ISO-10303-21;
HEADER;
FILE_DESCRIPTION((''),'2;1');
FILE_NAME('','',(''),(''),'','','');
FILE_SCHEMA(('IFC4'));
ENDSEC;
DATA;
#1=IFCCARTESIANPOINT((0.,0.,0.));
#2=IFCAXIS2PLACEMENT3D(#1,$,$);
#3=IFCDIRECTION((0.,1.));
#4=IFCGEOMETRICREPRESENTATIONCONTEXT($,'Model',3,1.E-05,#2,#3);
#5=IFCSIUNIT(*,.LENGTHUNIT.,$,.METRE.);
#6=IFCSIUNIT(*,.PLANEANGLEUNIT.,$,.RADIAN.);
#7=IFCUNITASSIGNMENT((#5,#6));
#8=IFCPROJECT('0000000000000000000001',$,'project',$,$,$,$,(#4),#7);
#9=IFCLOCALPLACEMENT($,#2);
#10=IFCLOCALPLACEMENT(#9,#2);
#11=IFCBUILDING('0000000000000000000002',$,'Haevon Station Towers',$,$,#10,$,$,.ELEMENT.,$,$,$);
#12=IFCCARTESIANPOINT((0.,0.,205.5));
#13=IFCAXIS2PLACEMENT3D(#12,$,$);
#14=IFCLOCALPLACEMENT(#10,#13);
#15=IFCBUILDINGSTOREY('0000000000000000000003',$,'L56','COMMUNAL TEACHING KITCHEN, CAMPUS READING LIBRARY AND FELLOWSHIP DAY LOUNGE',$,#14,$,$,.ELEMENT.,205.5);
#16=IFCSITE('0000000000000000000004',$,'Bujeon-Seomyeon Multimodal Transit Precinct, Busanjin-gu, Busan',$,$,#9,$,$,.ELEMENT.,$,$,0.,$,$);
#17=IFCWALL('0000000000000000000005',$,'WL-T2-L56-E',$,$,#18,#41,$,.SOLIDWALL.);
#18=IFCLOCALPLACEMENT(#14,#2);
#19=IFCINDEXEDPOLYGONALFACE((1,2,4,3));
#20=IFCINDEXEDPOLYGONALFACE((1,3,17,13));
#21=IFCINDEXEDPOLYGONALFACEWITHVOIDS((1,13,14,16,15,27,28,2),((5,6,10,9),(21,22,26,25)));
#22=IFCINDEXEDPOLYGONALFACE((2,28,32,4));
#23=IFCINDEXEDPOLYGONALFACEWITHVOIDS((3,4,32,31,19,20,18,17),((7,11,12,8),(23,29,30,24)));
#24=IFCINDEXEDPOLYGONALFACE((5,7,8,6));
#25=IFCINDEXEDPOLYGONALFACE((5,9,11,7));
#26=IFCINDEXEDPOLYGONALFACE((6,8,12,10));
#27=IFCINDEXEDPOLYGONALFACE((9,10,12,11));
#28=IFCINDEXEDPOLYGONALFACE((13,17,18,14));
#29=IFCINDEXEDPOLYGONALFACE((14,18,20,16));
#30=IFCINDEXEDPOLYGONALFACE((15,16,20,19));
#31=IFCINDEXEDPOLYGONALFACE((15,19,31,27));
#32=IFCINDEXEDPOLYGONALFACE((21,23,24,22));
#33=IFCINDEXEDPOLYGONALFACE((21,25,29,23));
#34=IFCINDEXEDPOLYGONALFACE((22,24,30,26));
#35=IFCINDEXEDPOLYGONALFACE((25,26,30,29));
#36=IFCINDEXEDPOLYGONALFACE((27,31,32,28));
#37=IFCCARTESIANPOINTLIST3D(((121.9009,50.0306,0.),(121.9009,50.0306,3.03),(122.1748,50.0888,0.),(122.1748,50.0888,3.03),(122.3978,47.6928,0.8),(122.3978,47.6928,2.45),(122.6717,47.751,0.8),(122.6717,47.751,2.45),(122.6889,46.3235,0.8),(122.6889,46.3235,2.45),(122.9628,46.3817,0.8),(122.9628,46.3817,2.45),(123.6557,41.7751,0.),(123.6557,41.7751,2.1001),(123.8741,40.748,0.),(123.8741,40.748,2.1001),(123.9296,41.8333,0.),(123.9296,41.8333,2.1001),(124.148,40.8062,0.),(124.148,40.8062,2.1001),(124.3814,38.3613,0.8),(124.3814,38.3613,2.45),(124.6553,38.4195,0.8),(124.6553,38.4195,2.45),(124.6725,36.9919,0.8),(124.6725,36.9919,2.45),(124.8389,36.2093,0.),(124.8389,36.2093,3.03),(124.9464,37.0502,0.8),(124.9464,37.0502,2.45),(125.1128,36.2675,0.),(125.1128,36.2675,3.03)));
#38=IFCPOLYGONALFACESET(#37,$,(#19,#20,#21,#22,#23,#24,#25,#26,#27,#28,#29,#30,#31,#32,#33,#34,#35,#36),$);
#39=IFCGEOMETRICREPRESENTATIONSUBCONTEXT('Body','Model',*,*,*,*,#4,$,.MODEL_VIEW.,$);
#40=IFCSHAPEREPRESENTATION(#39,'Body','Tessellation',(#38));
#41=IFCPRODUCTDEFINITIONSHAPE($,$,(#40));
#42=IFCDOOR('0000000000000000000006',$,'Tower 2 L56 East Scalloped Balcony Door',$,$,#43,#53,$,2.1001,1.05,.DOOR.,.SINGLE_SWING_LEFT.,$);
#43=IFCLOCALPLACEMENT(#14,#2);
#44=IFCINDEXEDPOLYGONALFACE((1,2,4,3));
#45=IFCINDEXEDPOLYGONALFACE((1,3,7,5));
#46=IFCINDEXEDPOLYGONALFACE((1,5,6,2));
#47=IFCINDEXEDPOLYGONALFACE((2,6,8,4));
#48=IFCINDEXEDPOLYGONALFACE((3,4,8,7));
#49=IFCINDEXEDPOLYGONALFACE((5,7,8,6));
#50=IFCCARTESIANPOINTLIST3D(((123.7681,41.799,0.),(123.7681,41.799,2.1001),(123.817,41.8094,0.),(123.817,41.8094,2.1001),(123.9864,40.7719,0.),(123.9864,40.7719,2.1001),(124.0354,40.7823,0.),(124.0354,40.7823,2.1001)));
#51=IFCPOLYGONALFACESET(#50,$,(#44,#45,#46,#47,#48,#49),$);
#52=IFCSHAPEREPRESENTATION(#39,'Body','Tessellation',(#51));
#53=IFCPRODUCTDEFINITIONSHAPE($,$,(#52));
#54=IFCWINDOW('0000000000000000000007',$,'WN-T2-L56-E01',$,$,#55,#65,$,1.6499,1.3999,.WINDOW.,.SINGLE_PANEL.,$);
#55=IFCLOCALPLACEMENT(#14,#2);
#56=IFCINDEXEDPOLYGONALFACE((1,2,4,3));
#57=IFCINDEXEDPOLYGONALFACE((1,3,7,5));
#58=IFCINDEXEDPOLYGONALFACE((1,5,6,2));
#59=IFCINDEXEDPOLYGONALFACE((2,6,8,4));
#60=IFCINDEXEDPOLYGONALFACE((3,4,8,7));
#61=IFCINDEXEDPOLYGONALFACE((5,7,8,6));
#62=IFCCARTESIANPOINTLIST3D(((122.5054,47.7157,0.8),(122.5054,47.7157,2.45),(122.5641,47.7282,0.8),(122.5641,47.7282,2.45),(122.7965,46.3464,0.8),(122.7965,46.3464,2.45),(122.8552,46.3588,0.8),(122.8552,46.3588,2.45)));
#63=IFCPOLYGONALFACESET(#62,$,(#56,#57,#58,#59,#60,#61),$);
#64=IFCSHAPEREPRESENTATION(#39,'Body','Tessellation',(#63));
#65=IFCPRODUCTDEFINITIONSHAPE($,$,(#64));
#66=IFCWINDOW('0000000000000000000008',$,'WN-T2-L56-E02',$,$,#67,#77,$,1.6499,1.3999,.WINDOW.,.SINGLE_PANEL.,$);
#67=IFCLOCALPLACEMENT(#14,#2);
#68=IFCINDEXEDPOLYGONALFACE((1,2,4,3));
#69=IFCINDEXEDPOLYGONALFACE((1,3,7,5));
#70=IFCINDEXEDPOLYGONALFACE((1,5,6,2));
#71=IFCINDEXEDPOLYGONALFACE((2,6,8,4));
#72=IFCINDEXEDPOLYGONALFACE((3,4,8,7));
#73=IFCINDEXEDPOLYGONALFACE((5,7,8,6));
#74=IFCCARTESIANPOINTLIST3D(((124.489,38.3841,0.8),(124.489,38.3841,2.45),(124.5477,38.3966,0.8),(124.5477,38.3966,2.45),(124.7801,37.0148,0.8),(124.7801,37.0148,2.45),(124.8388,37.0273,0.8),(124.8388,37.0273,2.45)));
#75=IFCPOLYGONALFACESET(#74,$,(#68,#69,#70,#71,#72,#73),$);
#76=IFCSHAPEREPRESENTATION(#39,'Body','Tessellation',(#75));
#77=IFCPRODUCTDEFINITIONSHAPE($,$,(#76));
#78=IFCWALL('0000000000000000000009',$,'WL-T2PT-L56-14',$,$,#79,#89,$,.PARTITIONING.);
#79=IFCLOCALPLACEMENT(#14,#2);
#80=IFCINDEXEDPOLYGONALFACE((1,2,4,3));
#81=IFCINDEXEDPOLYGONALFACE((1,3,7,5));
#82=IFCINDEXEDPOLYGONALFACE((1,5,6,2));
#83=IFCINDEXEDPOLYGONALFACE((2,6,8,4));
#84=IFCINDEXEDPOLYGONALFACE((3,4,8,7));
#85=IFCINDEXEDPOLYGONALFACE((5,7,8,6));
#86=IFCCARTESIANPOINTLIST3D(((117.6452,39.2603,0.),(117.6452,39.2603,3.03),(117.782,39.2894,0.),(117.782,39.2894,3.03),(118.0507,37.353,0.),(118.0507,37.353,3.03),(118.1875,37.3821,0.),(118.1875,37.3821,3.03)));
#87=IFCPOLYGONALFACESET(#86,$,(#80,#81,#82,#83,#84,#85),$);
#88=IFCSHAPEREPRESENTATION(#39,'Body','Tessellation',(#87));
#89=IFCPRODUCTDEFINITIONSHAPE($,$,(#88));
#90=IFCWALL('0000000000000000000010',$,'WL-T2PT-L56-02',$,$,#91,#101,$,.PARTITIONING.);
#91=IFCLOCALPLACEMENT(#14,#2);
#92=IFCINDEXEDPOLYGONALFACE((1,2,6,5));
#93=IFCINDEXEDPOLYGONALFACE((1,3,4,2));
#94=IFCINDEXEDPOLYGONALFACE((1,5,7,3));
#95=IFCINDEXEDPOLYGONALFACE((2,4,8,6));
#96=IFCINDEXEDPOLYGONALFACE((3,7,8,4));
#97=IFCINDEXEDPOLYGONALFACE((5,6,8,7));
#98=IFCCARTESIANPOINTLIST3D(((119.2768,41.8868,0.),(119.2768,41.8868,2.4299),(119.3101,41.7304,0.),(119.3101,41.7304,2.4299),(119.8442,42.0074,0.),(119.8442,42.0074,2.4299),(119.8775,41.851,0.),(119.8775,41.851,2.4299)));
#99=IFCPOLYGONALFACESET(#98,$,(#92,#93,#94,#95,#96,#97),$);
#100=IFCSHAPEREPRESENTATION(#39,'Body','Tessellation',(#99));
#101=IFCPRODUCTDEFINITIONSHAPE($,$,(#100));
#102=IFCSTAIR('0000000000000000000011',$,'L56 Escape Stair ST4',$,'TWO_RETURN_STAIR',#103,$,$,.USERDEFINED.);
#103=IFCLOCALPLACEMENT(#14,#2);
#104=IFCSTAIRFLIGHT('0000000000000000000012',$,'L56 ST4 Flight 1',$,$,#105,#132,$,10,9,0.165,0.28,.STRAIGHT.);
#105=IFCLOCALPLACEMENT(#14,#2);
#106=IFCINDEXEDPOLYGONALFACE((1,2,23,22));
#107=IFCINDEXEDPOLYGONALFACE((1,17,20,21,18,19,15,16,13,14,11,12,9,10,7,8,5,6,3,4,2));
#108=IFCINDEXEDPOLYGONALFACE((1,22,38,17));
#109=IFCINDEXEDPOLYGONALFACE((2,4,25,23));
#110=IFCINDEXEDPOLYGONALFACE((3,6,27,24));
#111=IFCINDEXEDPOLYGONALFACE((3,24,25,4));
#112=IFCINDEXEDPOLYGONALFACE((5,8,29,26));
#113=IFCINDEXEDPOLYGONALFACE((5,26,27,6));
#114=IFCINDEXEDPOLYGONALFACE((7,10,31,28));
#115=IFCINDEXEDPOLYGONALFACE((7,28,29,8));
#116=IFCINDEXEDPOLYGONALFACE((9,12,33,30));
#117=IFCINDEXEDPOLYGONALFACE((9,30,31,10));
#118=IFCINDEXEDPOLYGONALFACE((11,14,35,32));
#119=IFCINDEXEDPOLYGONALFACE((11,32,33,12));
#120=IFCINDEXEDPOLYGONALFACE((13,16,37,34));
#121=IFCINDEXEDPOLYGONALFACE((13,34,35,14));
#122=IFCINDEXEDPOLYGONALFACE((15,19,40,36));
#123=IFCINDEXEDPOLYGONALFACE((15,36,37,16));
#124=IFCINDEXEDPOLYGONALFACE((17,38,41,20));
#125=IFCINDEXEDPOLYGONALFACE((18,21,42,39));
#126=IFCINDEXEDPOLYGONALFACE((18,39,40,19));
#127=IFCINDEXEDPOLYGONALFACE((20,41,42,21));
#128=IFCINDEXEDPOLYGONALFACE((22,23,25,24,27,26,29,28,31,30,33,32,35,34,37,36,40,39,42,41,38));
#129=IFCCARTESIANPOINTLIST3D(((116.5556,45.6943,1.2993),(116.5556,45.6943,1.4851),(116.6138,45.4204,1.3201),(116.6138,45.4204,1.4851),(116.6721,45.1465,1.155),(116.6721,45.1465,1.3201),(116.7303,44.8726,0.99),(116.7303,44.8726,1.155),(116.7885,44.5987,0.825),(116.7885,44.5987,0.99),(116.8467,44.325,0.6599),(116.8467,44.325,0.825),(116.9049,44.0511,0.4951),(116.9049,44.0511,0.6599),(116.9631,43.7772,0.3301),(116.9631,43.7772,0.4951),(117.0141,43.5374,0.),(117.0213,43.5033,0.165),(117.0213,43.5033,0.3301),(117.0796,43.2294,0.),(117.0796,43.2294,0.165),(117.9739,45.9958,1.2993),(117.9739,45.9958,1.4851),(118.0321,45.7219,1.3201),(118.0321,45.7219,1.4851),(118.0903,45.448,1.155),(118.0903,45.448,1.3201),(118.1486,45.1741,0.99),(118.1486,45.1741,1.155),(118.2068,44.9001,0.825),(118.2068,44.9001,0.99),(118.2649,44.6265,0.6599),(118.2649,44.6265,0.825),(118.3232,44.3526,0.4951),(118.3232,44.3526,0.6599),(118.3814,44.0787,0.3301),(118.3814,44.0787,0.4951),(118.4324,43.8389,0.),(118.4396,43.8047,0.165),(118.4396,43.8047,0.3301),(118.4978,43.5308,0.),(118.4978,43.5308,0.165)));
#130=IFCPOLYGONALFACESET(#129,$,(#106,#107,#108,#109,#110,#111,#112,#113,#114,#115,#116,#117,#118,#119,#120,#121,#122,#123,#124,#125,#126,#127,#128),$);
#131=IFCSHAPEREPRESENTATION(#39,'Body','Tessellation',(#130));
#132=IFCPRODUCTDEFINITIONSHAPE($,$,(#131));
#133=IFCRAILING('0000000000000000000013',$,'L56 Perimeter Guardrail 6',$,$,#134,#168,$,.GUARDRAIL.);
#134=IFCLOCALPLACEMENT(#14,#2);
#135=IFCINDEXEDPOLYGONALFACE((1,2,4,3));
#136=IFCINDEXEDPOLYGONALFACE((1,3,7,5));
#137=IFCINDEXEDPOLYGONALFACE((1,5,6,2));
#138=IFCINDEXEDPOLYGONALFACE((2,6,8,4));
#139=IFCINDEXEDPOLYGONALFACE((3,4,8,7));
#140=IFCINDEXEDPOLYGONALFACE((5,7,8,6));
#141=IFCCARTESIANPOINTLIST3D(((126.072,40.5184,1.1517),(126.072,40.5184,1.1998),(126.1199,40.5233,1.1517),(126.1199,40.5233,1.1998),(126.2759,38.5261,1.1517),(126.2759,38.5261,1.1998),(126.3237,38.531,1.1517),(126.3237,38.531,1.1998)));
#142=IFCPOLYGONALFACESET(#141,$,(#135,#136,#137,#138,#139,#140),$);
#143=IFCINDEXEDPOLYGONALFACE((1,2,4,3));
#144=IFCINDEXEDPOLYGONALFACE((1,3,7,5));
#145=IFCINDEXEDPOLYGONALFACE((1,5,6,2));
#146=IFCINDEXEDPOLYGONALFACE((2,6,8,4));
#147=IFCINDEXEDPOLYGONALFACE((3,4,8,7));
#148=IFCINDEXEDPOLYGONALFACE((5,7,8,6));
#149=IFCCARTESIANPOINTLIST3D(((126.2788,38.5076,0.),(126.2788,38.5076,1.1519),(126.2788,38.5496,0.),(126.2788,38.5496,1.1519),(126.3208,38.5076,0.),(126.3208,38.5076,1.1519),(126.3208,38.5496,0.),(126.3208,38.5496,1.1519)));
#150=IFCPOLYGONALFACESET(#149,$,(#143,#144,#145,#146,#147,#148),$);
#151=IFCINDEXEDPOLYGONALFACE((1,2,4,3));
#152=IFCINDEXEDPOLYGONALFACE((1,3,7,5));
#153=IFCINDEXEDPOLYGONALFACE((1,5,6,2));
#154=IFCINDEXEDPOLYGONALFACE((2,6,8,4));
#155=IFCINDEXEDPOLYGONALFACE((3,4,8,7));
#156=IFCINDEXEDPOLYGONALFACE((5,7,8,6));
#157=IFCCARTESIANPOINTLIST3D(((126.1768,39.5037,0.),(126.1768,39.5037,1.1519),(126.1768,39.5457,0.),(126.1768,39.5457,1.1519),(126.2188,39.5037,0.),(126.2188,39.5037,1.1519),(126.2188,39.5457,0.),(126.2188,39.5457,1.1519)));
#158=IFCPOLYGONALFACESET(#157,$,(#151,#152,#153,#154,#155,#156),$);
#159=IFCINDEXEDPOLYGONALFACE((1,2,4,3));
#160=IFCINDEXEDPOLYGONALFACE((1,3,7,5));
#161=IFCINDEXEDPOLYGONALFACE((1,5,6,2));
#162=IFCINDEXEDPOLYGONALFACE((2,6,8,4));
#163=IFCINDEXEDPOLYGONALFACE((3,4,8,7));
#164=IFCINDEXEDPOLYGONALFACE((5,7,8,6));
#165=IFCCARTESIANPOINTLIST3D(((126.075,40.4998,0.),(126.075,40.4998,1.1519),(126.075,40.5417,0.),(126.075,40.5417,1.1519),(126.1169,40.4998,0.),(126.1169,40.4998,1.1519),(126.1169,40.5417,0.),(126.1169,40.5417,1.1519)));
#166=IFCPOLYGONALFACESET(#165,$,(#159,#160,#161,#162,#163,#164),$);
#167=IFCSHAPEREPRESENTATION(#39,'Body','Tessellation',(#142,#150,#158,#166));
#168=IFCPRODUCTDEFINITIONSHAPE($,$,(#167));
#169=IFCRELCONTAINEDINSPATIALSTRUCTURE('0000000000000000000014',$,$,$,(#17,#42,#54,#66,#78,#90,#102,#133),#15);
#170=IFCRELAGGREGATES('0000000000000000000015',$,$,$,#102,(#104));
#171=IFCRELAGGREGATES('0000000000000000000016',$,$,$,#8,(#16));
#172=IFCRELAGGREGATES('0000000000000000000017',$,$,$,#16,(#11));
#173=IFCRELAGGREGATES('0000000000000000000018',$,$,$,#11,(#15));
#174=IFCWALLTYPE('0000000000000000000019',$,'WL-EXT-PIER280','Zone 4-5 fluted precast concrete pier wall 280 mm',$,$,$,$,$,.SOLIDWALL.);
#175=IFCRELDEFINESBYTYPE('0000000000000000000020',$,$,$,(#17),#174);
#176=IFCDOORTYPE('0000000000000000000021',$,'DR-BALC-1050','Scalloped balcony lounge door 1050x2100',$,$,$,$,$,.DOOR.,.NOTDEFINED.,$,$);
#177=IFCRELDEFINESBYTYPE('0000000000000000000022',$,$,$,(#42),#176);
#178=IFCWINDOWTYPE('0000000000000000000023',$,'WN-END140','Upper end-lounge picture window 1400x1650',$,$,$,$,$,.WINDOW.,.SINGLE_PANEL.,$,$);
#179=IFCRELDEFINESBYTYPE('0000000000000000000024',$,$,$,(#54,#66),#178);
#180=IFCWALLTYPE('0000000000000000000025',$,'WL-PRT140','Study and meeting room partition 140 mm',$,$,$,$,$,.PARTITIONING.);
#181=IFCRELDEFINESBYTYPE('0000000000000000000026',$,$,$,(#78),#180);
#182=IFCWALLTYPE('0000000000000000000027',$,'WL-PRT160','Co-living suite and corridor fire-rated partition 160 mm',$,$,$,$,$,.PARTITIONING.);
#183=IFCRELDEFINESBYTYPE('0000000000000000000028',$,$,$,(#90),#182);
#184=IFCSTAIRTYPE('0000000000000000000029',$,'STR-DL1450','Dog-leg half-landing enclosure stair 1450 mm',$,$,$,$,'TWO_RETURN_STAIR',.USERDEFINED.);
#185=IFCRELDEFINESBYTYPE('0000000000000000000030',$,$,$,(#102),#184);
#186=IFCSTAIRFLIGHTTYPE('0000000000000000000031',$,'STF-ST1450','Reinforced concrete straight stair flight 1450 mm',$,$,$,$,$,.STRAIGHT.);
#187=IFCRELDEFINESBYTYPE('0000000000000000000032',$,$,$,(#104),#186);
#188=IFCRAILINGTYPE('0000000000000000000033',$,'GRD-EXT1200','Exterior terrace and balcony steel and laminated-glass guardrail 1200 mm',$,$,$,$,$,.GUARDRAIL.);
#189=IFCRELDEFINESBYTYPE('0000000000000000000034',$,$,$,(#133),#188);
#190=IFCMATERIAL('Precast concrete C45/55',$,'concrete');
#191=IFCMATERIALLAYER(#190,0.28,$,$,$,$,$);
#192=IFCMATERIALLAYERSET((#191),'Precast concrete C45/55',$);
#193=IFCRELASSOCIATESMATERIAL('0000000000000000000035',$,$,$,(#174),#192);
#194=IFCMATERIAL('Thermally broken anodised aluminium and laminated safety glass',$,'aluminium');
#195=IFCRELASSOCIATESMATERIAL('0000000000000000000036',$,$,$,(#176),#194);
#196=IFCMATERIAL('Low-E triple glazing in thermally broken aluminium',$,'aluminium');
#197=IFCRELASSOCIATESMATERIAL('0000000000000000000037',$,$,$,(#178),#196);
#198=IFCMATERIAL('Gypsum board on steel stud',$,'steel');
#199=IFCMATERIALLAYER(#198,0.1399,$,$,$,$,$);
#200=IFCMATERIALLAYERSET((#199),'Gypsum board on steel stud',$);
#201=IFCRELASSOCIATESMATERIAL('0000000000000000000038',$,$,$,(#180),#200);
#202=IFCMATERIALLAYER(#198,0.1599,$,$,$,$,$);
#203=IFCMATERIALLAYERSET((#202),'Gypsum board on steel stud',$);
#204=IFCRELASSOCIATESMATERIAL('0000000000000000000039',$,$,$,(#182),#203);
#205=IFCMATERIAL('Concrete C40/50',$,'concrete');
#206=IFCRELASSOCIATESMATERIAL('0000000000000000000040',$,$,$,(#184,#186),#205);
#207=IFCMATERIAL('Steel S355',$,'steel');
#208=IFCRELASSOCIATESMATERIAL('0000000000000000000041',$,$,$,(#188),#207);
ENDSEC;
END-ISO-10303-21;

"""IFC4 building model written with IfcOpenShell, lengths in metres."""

from ifc_helpers import new_model, si_unit, direction, frame, frame_2d, origin, origin_2d, place, context, subcontext, project, spatial, polyline, rectangle, outline, extrude, material, layer, layer_set, type_object, element, fill, aggregate, save


model = new_model("IFC4")

# Units and contexts
model_context = context("Model", 3, precision=1e-05, world=origin(), true_north=direction((0.0, 1.0)))
body_context = subcontext(model_context, "Body", "Model", "MODEL_VIEW")
ifc_project = project(units=[si_unit("LENGTHUNIT", "METRE"), si_unit("PLANEANGLEUNIT", "RADIAN")], contexts=[model_context])

# Site, building, storey
site_placement = place(None, origin())
site = spatial("IfcSite", under=ifc_project, at=site_placement, Name="Bujeon-Seomyeon Multimodal Transit Precinct, Busanjin-gu, Busan", CompositionType="ELEMENT", RefElevation=0.0)
building_placement = place(site_placement, origin())
building = spatial("IfcBuilding", under=site, at=building_placement, Name="Haevon Station Towers", CompositionType="ELEMENT")
storey_placement = place(building_placement, frame((0.0, 0.0, 205.5)))
storey = spatial("IfcBuildingStorey", under=building, at=storey_placement, Name="L56", Description="COMMUNAL TEACHING KITCHEN, CAMPUS READING LIBRARY AND FELLOWSHIP DAY LOUNGE", CompositionType="ELEMENT", Elevation=205.5)

# Shared definitions
ifc_material_1 = material(Name="Steel S355", Category="steel")

# Shared definitions
ifc_material_2 = material(Name="Precast concrete C45/55", Category="concrete")
ifc_layer_1 = layer(ifc_material_2, 0.28)
ifc_layer_set_1 = layer_set([ifc_layer_1], Name="Precast concrete C45/55")
wall_type_1 = type_object("IfcWallType", Name="WL-EXT-PIER280", Description="Zone 4-5 fluted precast concrete pier wall 280 mm", PredefinedType="SOLIDWALL", material=ifc_layer_set_1)

# Wall, openings, door, windows
wall_1_placement = place(storey_placement, frame((122.0378, 50.0596, 0.0), z_axis=(0.0, 0.0, 1.0), x_axis=(0.207924, -0.978145, 0.0)))
wall_1 = element("IfcWall", 1, at=wall_1_placement, inside=storey, type_object=wall_type_1, Name="WL-T2-L56-E", PredefinedType="SOLIDWALL", context=body_context, shape_type="SweptSolid", body=[
    extrude(rectangle(XDim=14.1301, YDim=0.28, at=frame_2d((7.0649, 0.0))), origin(), (0.0, 0.0, 1.0), 3.03),
])
opening_1_placement = place(wall_1_placement, frame((8.4399, 0.0, 0.0)))
opening_1 = element("IfcOpeningElement", 2, at=opening_1_placement, cuts=wall_1, PredefinedType="OPENING", context=body_context, shape_type="SweptSolid", body=[
    extrude(rectangle(XDim=1.05, YDim=2.1001, at=frame_2d((0.5249, 1.05))), frame((0.0, 0.1499, 0.0), z_axis=(0.0, -1.0, 0.0), x_axis=(1.0, 0.0, 0.0)), (0.0, 0.0, 1.0), 0.3),
])
opening_2_placement = place(wall_1_placement, frame((2.3899, 0.0, 0.8)))
opening_2 = element("IfcOpeningElement", 3, at=opening_2_placement, cuts=wall_1, PredefinedType="OPENING", context=body_context, shape_type="SweptSolid", body=[
    extrude(rectangle(XDim=1.3999, YDim=1.6499, at=frame_2d((0.7, 0.825))), frame((0.0, 0.1499, 0.0), z_axis=(0.0, -1.0, 0.0), x_axis=(1.0, 0.0, 0.0)), (0.0, 0.0, 1.0), 0.3),
])
opening_3_placement = place(wall_1_placement, frame((11.9299, 0.0, 0.8)))
opening_3 = element("IfcOpeningElement", 4, at=opening_3_placement, cuts=wall_1, PredefinedType="OPENING", context=body_context, shape_type="SweptSolid", body=[
    extrude(rectangle(XDim=1.3999, YDim=1.6499, at=frame_2d((0.7, 0.825))), frame((0.0, 0.1499, 0.0), z_axis=(0.0, -1.0, 0.0), x_axis=(1.0, 0.0, 0.0)), (0.0, 0.0, 1.0), 0.3),
])
ifc_material_3 = material(Name="Thermally broken anodised aluminium and laminated safety glass", Category="aluminium")
door_type = type_object("IfcDoorType", Name="DR-BALC-1050", Description="Scalloped balcony lounge door 1050x2100", OperationType="NOTDEFINED", PredefinedType="DOOR", material=ifc_material_3)
door_placement = place(opening_1_placement, origin())
door = element("IfcDoor", 5, at=door_placement, inside=storey, type_object=door_type, Name="Tower 2 L56 East Scalloped Balcony Door", OperationType="SINGLE_SWING_LEFT", OverallHeight=2.1001, OverallWidth=1.05, PredefinedType="DOOR", context=body_context, shape_type="SweptSolid", body=[
    extrude(rectangle(XDim=1.05, YDim=2.1001, at=frame_2d((0.5249, 1.05))), frame((0.0, 0.0249, 0.0), z_axis=(0.0, -1.0, 0.0), x_axis=(1.0, 0.0, 0.0)), (0.0, 0.0, 1.0), 0.05),
])
fill(opening_1, door)
ifc_material_4 = material(Name="Low-E triple glazing in thermally broken aluminium", Category="aluminium")
window_type = type_object("IfcWindowType", Name="WN-END140", Description="Upper end-lounge picture window 1400x1650", PartitioningType="SINGLE_PANEL", PredefinedType="WINDOW", material=ifc_material_4)
window_1_placement = place(opening_2_placement, origin())
window_1 = element("IfcWindow", 6, at=window_1_placement, inside=storey, type_object=window_type, Name="WN-T2-L56-E01", OverallHeight=1.6499, OverallWidth=1.3999, PartitioningType="SINGLE_PANEL", PredefinedType="WINDOW", context=body_context, shape_type="SweptSolid", body=[
    extrude(rectangle(XDim=1.3999, YDim=1.6499, at=frame_2d((0.7, 0.825))), frame((0.0, 0.03, 0.0), z_axis=(0.0, -1.0, 0.0), x_axis=(1.0, 0.0, 0.0)), (0.0, 0.0, 1.0), 0.0601),
])
fill(opening_2, window_1)
window_2_placement = place(opening_3_placement, origin())
window_2 = element("IfcWindow", 7, at=window_2_placement, inside=storey, type_object=window_type, Name="WN-T2-L56-E02", OverallHeight=1.6499, OverallWidth=1.3999, PartitioningType="SINGLE_PANEL", PredefinedType="WINDOW", context=body_context, shape_type="SweptSolid", body=[
    extrude(rectangle(XDim=1.3999, YDim=1.6499, at=frame_2d((0.7, 0.825))), frame((0.0, 0.03, 0.0), z_axis=(0.0, -1.0, 0.0), x_axis=(1.0, 0.0, 0.0)), (0.0, 0.0, 1.0), 0.0601),
])
fill(opening_3, window_2)

# Walls
ifc_material_5 = material(Name="Gypsum board on steel stud", Category="steel")
ifc_layer_2 = layer(ifc_material_5, 0.1399)
ifc_layer_set_2 = layer_set([ifc_layer_2], Name="Gypsum board on steel stud")
wall_type_2 = type_object("IfcWallType", Name="WL-PRT140", Description="Study and meeting room partition 140 mm", PredefinedType="PARTITIONING", material=ifc_layer_set_2)
wall_2_placement = place(storey_placement, frame((118.1191, 37.3674, 0.0), z_axis=(0.0, 0.0, 1.0), x_axis=(-0.207973, 0.978135, 0.0)))
element("IfcWall", 8, at=wall_2_placement, inside=storey, type_object=wall_type_2, Name="WL-T2PT-L56-14", PredefinedType="PARTITIONING", context=body_context, shape_type="SweptSolid", body=[
    extrude(rectangle(XDim=1.95, YDim=0.1399, at=frame_2d((0.9751, 0.0))), origin(), (0.0, 0.0, 1.0), 3.03),
])
ifc_layer_3 = layer(ifc_material_5, 0.1599)
ifc_layer_set_3 = layer_set([ifc_layer_3], Name="Gypsum board on steel stud")
wall_type_3 = type_object("IfcWallType", Name="WL-PRT160", Description="Co-living suite and corridor fire-rated partition 160 mm", PredefinedType="PARTITIONING", material=ifc_layer_set_3)
wall_3_placement = place(storey_placement, frame((119.2935, 41.8086, 0.0), z_axis=(0.0, 0.0, 1.0), x_axis=(0.978146, 0.207919, 0.0)))
element("IfcWall", 9, at=wall_3_placement, inside=storey, type_object=wall_type_3, Name="WL-T2PT-L56-02", PredefinedType="PARTITIONING", context=body_context, shape_type="SweptSolid", body=[
    extrude(rectangle(XDim=0.5801, YDim=0.1599, at=frame_2d((0.29, 0.0))), origin(), (0.0, 0.0, 1.0), 2.4299),
])

# Stair, stair flight
ifc_material_6 = material(Name="Concrete C40/50", Category="concrete")
stair_type = type_object("IfcStairType", Name="STR-DL1450", Description="Dog-leg half-landing enclosure stair 1450 mm", ElementType="TWO_RETURN_STAIR", PredefinedType="USERDEFINED", material=ifc_material_6)
stair_placement = place(storey_placement, origin())
stair = element("IfcStair", 10, at=stair_placement, inside=storey, type_object=stair_type, Name="L56 Escape Stair ST4", ObjectType="TWO_RETURN_STAIR", PredefinedType="USERDEFINED")
stair_flight_type = type_object("IfcStairFlightType", Name="STF-ST1450", Description="Reinforced concrete straight stair flight 1450 mm", PredefinedType="STRAIGHT", material=ifc_material_6)
stair_flight_placement = place(storey_placement, frame((117.7888, 43.3801, 0.0), z_axis=(0.0, 0.0, 1.0), x_axis=(-0.207912, 0.978148, 0.0)))
stair_flight = element("IfcStairFlight", 11, at=stair_flight_placement, type_object=stair_flight_type, Name="L56 ST4 Flight 1", NumberOfRisers=10, NumberOfTreads=9, PredefinedType="STRAIGHT", RiserHeight=0.165, TreadLength=0.28, context=body_context, shape_type="SweptSolid", body=[
    extrude(outline(polyline([(0.0, 0.0), (0.0, 0.165), (0.28, 0.165), (0.28, 0.3301), (0.5601, 0.3301), (0.5601, 0.4951), (0.8401, 0.4951), (0.8401, 0.6599), (1.1201, 0.6599), (1.1201, 0.825), (1.3999, 0.825), (1.3999, 0.99), (1.6799, 0.99), (1.6799, 1.155), (1.96, 1.155), (1.96, 1.3201), (2.24, 1.3201), (2.24, 1.4851), (2.52, 1.4851), (2.52, 1.6499), (2.52, 1.2993), (0.3149, 0.0), (0.0, 0.0)])), frame((0.0, 0.7251, 0.0), z_axis=(0.0, -1.0, 0.0), x_axis=(1.0, 0.0, 0.0)), (0.0, 0.0, 1.0), 1.45),
])
aggregate(stair, [stair_flight])

# Railing
railing_type_1 = type_object("IfcRailingType", Name="GRD-EXT1200", Description="Exterior terrace and balcony steel and laminated-glass guardrail 1200 mm", PredefinedType="GUARDRAIL", material=ifc_material_1)
railing_1_placement = place(storey_placement, frame((126.2998, 38.5286, 0.0)))
element("IfcRailing", 12, at=railing_1_placement, inside=storey, type_object=railing_type_1, Name="L56 Perimeter Guardrail 6", PredefinedType="GUARDRAIL", context=body_context, shape_type="SweptSolid", body=[
    extrude(rectangle(XDim=0.0481, YDim=0.0481, at=origin_2d()), frame((0.0, 0.0, 1.1758), z_axis=(-0.101797, 0.994805, 0.0), x_axis=(-0.994805, -0.101797, 0.0)), (0.0, 0.0, 1.0), 2.0027),
    extrude(rectangle(XDim=0.042, YDim=0.042, at=origin_2d()), origin(), (0.0, 0.0, 1.0), 1.1519),
    extrude(rectangle(XDim=0.042, YDim=0.042, at=origin_2d()), frame((-0.1021, 0.9961, 0.0)), (0.0, 0.0, 1.0), 1.1519),
    extrude(rectangle(XDim=0.042, YDim=0.042, at=origin_2d()), frame((-0.2039, 1.9922, 0.0)), (0.0, 0.0, 1.0), 1.1519),
])

save(model, "model.ifc")
